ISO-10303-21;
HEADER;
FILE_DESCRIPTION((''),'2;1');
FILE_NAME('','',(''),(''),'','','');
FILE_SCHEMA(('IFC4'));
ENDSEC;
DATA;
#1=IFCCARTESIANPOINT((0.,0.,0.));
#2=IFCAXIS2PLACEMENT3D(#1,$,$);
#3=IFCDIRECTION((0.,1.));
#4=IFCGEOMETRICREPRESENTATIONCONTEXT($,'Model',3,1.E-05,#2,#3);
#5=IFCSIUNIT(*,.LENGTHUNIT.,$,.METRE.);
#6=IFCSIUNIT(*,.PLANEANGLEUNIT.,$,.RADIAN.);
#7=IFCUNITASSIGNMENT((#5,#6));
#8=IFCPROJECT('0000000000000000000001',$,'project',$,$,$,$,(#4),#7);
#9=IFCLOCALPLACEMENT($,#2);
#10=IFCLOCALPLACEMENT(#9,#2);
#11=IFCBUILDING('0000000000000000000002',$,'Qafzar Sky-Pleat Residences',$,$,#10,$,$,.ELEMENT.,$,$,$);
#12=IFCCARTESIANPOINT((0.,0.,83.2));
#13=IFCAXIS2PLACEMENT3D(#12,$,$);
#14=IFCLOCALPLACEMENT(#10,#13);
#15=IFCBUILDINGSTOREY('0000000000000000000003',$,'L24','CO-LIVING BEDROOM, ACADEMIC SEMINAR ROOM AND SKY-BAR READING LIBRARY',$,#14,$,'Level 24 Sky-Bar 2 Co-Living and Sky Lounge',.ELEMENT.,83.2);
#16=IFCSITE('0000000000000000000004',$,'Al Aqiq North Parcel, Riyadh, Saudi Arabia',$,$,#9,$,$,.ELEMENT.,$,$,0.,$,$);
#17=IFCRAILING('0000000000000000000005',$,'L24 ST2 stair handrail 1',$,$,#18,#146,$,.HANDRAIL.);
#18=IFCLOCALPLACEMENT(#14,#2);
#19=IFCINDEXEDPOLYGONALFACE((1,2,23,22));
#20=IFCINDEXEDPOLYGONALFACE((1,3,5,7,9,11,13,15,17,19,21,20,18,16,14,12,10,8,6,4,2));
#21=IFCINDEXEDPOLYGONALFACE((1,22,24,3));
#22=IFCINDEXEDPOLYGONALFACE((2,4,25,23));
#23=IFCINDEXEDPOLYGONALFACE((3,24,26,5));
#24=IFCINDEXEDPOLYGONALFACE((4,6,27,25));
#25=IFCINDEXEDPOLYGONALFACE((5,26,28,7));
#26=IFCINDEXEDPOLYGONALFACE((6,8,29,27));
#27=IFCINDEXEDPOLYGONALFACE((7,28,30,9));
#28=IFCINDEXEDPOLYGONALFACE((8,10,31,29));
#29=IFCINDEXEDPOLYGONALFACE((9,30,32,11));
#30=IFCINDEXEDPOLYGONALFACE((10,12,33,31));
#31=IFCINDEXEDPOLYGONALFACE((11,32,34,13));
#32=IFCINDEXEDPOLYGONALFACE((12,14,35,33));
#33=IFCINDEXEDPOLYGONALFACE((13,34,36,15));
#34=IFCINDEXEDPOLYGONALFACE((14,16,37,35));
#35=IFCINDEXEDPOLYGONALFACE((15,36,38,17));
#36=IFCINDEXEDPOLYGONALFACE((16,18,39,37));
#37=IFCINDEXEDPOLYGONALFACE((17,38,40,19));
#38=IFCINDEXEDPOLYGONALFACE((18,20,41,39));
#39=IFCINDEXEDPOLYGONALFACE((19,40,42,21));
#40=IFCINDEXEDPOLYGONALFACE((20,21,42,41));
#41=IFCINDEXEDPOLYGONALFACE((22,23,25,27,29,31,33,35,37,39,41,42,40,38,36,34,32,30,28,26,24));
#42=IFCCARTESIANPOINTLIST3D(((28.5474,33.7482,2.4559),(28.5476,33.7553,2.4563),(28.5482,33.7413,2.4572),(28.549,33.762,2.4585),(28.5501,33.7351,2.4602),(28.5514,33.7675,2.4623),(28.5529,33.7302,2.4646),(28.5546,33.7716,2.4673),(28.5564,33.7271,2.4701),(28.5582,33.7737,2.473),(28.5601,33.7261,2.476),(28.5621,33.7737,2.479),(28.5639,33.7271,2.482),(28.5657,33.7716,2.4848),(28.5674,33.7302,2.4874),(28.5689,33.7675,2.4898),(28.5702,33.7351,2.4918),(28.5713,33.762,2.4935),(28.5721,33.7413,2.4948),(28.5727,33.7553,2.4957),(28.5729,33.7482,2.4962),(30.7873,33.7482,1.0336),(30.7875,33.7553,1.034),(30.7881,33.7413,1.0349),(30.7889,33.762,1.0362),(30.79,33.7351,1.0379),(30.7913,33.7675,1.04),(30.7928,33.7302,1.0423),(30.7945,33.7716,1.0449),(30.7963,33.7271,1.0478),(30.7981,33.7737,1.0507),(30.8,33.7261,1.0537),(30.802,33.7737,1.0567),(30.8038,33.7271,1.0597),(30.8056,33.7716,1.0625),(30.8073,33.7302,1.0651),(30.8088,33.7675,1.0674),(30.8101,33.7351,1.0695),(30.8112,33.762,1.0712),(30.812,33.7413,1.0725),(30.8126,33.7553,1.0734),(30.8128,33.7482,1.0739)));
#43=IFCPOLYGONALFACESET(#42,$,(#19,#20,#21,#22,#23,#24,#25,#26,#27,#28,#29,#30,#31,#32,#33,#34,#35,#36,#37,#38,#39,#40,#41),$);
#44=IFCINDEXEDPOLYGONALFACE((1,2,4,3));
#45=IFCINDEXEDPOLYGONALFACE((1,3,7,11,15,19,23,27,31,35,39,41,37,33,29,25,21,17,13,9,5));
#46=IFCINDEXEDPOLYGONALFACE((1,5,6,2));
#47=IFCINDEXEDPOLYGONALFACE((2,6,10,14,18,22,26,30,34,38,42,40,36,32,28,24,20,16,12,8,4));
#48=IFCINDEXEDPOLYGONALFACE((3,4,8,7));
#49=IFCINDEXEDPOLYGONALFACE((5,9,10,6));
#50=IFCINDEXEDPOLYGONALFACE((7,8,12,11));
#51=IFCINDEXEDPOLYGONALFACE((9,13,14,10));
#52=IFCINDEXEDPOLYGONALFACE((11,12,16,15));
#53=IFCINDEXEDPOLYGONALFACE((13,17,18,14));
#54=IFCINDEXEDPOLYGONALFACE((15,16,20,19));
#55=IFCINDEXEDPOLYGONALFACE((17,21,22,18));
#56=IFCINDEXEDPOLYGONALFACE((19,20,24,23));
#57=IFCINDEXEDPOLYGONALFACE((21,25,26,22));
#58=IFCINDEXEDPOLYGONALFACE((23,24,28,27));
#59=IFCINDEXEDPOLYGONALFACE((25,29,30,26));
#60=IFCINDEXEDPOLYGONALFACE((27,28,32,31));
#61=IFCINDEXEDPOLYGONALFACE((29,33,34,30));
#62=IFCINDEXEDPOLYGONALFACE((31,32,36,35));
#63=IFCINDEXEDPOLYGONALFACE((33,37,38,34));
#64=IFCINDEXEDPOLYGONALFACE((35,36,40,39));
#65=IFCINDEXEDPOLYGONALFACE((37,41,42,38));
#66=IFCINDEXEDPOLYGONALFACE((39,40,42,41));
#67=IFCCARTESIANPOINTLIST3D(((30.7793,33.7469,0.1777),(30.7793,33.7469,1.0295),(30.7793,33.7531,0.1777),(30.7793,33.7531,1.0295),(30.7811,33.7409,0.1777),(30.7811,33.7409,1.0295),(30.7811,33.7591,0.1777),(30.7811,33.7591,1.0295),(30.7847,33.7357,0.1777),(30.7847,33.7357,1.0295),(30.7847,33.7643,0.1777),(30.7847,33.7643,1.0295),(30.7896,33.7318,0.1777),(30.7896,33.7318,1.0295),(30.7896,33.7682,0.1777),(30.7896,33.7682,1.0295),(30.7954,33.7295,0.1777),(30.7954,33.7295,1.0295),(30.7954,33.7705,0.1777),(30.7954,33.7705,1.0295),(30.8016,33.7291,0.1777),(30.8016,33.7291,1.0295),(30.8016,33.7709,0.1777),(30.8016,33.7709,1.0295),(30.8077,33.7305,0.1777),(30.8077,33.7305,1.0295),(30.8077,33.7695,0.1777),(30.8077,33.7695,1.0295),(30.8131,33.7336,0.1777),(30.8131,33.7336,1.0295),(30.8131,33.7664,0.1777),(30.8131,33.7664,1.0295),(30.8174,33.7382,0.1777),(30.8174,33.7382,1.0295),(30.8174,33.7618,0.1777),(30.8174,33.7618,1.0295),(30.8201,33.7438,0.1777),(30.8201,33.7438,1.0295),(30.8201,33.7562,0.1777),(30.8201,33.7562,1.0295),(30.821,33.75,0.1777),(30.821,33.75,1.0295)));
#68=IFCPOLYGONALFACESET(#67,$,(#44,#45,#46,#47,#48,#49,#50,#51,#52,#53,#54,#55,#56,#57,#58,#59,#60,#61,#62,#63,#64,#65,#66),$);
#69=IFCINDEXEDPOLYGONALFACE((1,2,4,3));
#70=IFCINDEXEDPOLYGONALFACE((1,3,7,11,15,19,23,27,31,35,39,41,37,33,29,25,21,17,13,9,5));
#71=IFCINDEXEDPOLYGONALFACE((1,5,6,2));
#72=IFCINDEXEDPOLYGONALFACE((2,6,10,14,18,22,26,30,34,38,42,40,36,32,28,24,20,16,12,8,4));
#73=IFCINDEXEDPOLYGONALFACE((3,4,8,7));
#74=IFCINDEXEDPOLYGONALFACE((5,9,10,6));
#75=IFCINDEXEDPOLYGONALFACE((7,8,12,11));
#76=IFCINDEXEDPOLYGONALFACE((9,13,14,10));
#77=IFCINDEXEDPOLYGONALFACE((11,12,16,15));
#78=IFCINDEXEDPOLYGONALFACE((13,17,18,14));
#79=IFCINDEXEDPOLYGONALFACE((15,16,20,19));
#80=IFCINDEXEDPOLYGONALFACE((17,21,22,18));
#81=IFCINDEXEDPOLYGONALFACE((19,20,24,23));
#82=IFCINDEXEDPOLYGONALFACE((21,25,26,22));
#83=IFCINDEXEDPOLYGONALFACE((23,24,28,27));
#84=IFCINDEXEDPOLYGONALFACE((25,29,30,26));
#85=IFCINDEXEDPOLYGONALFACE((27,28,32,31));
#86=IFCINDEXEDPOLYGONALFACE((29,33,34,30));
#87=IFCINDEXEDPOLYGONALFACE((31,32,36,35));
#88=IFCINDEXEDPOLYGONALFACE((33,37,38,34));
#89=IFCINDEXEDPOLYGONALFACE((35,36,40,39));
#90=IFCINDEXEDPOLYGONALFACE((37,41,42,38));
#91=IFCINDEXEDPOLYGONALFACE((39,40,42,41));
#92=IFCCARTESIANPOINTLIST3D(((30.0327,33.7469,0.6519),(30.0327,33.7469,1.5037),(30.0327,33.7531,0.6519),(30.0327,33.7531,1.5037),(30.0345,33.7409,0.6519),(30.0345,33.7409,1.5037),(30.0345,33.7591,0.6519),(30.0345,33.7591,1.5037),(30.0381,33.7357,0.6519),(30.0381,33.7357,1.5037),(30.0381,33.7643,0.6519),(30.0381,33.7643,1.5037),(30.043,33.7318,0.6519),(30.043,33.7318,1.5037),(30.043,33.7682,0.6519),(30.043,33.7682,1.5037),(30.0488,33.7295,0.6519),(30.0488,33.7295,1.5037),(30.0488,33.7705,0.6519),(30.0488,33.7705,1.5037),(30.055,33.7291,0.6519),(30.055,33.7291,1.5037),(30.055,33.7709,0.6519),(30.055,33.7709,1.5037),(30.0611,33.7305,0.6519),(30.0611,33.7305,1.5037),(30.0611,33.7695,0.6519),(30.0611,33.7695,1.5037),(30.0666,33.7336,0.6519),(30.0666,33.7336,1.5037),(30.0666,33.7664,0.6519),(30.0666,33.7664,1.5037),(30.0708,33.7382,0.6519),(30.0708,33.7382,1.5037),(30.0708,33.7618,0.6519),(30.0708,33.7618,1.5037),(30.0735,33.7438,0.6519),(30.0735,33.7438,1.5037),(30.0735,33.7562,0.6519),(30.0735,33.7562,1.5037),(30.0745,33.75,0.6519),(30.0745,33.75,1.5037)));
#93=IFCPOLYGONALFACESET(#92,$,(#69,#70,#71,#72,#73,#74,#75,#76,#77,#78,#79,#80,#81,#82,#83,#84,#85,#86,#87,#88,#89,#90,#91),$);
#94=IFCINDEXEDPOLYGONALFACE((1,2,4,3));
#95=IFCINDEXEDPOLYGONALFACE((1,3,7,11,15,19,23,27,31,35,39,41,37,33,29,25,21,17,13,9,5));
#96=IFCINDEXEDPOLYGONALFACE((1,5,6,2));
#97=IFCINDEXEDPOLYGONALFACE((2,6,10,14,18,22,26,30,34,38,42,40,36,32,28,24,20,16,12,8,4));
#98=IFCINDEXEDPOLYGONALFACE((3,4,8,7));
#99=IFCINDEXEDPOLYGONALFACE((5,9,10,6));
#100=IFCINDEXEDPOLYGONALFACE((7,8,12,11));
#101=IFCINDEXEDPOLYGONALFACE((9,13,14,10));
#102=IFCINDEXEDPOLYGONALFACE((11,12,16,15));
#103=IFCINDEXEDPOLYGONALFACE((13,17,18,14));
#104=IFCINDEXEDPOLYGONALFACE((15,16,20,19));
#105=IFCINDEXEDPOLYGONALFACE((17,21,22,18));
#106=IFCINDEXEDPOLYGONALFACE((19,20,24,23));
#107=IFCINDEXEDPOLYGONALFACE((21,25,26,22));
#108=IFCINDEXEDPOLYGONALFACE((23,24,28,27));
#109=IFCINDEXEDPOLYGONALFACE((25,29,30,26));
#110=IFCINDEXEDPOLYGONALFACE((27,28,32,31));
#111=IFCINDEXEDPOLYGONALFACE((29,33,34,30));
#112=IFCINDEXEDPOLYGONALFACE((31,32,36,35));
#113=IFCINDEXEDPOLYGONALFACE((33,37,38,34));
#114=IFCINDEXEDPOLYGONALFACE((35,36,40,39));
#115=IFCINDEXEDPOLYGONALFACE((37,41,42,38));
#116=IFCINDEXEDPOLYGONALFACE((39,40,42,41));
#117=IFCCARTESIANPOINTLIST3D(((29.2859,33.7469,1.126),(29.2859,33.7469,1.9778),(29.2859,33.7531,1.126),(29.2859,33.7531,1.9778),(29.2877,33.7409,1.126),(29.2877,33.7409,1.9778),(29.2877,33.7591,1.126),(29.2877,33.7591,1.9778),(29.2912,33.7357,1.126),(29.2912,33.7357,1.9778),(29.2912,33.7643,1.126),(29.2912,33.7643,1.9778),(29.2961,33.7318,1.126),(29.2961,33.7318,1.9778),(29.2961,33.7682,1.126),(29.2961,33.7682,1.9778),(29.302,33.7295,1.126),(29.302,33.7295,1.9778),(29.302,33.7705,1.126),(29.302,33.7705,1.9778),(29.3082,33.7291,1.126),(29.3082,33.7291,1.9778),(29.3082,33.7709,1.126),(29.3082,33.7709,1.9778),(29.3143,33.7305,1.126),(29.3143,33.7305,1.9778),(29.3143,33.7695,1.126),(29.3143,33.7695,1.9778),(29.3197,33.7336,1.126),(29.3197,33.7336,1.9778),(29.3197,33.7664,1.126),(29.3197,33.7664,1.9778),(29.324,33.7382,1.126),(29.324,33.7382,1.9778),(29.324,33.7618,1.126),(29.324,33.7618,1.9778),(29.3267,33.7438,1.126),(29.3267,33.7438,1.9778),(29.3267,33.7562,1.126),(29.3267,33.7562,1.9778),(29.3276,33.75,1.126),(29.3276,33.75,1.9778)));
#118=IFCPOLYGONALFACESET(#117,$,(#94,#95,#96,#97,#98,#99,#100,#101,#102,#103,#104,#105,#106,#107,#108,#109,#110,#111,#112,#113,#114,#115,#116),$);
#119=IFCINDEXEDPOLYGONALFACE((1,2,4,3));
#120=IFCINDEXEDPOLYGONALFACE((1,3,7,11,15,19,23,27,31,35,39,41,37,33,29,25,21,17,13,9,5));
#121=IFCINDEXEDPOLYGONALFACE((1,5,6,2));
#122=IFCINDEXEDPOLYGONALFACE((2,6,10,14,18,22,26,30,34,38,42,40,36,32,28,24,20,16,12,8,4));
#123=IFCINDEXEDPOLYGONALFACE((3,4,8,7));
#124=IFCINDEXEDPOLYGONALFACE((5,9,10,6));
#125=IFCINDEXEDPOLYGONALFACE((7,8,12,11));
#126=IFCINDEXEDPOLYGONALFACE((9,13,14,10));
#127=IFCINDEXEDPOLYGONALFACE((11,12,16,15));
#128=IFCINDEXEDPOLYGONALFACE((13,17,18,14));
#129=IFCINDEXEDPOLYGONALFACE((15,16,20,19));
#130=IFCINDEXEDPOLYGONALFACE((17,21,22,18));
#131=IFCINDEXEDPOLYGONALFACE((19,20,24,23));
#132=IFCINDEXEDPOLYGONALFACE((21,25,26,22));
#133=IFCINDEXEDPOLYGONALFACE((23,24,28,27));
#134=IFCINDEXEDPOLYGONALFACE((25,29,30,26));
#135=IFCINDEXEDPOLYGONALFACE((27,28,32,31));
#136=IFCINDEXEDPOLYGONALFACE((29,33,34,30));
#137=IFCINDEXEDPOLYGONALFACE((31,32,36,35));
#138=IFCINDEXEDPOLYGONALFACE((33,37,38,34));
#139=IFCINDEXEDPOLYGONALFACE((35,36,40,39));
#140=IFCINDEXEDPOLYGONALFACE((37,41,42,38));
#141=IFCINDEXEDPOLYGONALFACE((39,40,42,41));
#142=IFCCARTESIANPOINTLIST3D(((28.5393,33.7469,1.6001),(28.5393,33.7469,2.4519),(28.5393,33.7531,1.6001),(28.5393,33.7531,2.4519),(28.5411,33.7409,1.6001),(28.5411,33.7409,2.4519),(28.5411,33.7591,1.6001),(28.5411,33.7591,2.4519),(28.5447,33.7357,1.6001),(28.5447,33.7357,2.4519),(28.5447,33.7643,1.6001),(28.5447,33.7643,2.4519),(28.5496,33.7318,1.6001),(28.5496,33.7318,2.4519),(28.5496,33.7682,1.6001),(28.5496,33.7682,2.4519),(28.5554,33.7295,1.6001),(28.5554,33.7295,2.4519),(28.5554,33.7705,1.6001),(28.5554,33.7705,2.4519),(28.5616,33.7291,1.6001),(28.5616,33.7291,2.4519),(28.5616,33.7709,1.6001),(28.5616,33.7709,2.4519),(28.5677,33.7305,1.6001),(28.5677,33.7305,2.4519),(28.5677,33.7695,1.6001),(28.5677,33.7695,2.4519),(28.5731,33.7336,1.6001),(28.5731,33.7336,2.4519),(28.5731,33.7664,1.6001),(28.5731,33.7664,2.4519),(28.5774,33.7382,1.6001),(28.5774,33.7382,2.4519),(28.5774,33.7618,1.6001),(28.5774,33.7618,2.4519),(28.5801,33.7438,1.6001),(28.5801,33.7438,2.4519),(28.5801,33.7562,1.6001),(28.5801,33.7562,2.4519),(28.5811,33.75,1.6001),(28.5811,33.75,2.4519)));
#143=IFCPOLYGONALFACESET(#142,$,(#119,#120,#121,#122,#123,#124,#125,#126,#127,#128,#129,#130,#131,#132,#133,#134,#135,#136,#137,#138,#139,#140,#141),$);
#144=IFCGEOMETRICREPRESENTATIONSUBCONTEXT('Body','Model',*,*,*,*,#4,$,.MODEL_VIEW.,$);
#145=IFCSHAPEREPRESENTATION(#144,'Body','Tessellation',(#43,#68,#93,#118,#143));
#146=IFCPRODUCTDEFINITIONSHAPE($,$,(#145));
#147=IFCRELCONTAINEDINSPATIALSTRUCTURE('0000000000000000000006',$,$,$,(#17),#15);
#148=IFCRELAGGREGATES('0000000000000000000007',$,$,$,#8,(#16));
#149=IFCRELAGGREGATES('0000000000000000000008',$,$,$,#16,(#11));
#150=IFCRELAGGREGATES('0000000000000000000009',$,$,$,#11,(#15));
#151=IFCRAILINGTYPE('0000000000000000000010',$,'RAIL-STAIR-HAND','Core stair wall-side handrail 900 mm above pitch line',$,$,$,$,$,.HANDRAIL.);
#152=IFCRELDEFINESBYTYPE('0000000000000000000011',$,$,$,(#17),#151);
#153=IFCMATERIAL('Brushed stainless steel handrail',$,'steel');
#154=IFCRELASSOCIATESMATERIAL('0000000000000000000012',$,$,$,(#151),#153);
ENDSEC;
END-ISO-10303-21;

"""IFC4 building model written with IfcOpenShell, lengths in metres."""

from ifc_helpers import new_model, si_unit, direction, frame, origin, origin_2d, place, context, subcontext, project, spatial, circle, extrude, source, transform, mapped, material, type_object, element, save


model = new_model("IFC4")

# Units and contexts
model_context = context("Model", 3, precision=1e-05, world=origin(), true_north=direction((0.0, 1.0)))
body_context = subcontext(model_context, "Body", "Model", "MODEL_VIEW")
ifc_project = project(units=[si_unit("LENGTHUNIT", "METRE"), si_unit("PLANEANGLEUNIT", "RADIAN")], contexts=[model_context])

# Site, building, storey
site_placement = place(None, origin())
site = spatial("IfcSite", under=ifc_project, at=site_placement, Name="Al Aqiq North Parcel, Riyadh, Saudi Arabia", CompositionType="ELEMENT", RefElevation=0.0)
building_placement = place(site_placement, origin())
building = spatial("IfcBuilding", under=site, at=building_placement, Name="Qafzar Sky-Pleat Residences", CompositionType="ELEMENT")
storey_placement = place(building_placement, frame((0.0, 0.0, 83.2)))
storey = spatial("IfcBuildingStorey", under=building, at=storey_placement, Name="L24", Description="CO-LIVING BEDROOM, ACADEMIC SEMINAR ROOM AND SKY-BAR READING LIBRARY", LongName="Level 24 Sky-Bar 2 Co-Living and Sky Lounge", CompositionType="ELEMENT", Elevation=83.2)

# Railing
ifc_material_1 = material(Name="Brushed stainless steel handrail", Category="steel")
railing_type_1 = type_object("IfcRailingType", Name="RAIL-STAIR-HAND", Description="Core stair wall-side handrail 900 mm above pitch line", PredefinedType="HANDRAIL", material=ifc_material_1)
shared_shape_1 = source(origin(), body_context, "Body", "SweptSolid", [
    extrude(circle(Radius=0.0239, at=origin_2d()), frame((0.0, 0.0, 0.876), z_axis=(-0.844188, 0.0, 0.536048), x_axis=(0.0, -1.0, 0.0)), (0.0, 0.0, 1.0), 2.6533),
    extrude(circle(Radius=0.021, at=origin_2d()), origin(), (0.0, 0.0, 1.0), 0.8518),
    extrude(circle(Radius=0.021, at=origin_2d()), frame((-0.7466, 0.0, 0.4741)), (0.0, 0.0, 1.0), 0.8518),
    extrude(circle(Radius=0.021, at=origin_2d()), frame((-1.4934, 0.0, 0.9482)), (0.0, 0.0, 1.0), 0.8518),
    extrude(circle(Radius=0.021, at=origin_2d()), frame((-2.24, 0.0, 1.4224)), (0.0, 0.0, 1.0), 0.8518),
])
railing_1_placement = place(storey_placement, frame((30.8, 33.75, 0.1777)))
element("IfcRailing", 1, at=railing_1_placement, inside=storey, type_object=railing_type_1, Name="L24 ST2 stair handrail 1", PredefinedType="HANDRAIL", context=body_context, shape_type="MappedRepresentation", body=[
    mapped(shared_shape_1, transform((0.0, 0.0, 0.0), x_axis=(1.0, 0.0, 0.0), y_axis=(0.0, 1.0, 0.0), z_axis=(0.0, 0.0, 1.0), scale=1.0)),
])

save(model, "model.ifc")
